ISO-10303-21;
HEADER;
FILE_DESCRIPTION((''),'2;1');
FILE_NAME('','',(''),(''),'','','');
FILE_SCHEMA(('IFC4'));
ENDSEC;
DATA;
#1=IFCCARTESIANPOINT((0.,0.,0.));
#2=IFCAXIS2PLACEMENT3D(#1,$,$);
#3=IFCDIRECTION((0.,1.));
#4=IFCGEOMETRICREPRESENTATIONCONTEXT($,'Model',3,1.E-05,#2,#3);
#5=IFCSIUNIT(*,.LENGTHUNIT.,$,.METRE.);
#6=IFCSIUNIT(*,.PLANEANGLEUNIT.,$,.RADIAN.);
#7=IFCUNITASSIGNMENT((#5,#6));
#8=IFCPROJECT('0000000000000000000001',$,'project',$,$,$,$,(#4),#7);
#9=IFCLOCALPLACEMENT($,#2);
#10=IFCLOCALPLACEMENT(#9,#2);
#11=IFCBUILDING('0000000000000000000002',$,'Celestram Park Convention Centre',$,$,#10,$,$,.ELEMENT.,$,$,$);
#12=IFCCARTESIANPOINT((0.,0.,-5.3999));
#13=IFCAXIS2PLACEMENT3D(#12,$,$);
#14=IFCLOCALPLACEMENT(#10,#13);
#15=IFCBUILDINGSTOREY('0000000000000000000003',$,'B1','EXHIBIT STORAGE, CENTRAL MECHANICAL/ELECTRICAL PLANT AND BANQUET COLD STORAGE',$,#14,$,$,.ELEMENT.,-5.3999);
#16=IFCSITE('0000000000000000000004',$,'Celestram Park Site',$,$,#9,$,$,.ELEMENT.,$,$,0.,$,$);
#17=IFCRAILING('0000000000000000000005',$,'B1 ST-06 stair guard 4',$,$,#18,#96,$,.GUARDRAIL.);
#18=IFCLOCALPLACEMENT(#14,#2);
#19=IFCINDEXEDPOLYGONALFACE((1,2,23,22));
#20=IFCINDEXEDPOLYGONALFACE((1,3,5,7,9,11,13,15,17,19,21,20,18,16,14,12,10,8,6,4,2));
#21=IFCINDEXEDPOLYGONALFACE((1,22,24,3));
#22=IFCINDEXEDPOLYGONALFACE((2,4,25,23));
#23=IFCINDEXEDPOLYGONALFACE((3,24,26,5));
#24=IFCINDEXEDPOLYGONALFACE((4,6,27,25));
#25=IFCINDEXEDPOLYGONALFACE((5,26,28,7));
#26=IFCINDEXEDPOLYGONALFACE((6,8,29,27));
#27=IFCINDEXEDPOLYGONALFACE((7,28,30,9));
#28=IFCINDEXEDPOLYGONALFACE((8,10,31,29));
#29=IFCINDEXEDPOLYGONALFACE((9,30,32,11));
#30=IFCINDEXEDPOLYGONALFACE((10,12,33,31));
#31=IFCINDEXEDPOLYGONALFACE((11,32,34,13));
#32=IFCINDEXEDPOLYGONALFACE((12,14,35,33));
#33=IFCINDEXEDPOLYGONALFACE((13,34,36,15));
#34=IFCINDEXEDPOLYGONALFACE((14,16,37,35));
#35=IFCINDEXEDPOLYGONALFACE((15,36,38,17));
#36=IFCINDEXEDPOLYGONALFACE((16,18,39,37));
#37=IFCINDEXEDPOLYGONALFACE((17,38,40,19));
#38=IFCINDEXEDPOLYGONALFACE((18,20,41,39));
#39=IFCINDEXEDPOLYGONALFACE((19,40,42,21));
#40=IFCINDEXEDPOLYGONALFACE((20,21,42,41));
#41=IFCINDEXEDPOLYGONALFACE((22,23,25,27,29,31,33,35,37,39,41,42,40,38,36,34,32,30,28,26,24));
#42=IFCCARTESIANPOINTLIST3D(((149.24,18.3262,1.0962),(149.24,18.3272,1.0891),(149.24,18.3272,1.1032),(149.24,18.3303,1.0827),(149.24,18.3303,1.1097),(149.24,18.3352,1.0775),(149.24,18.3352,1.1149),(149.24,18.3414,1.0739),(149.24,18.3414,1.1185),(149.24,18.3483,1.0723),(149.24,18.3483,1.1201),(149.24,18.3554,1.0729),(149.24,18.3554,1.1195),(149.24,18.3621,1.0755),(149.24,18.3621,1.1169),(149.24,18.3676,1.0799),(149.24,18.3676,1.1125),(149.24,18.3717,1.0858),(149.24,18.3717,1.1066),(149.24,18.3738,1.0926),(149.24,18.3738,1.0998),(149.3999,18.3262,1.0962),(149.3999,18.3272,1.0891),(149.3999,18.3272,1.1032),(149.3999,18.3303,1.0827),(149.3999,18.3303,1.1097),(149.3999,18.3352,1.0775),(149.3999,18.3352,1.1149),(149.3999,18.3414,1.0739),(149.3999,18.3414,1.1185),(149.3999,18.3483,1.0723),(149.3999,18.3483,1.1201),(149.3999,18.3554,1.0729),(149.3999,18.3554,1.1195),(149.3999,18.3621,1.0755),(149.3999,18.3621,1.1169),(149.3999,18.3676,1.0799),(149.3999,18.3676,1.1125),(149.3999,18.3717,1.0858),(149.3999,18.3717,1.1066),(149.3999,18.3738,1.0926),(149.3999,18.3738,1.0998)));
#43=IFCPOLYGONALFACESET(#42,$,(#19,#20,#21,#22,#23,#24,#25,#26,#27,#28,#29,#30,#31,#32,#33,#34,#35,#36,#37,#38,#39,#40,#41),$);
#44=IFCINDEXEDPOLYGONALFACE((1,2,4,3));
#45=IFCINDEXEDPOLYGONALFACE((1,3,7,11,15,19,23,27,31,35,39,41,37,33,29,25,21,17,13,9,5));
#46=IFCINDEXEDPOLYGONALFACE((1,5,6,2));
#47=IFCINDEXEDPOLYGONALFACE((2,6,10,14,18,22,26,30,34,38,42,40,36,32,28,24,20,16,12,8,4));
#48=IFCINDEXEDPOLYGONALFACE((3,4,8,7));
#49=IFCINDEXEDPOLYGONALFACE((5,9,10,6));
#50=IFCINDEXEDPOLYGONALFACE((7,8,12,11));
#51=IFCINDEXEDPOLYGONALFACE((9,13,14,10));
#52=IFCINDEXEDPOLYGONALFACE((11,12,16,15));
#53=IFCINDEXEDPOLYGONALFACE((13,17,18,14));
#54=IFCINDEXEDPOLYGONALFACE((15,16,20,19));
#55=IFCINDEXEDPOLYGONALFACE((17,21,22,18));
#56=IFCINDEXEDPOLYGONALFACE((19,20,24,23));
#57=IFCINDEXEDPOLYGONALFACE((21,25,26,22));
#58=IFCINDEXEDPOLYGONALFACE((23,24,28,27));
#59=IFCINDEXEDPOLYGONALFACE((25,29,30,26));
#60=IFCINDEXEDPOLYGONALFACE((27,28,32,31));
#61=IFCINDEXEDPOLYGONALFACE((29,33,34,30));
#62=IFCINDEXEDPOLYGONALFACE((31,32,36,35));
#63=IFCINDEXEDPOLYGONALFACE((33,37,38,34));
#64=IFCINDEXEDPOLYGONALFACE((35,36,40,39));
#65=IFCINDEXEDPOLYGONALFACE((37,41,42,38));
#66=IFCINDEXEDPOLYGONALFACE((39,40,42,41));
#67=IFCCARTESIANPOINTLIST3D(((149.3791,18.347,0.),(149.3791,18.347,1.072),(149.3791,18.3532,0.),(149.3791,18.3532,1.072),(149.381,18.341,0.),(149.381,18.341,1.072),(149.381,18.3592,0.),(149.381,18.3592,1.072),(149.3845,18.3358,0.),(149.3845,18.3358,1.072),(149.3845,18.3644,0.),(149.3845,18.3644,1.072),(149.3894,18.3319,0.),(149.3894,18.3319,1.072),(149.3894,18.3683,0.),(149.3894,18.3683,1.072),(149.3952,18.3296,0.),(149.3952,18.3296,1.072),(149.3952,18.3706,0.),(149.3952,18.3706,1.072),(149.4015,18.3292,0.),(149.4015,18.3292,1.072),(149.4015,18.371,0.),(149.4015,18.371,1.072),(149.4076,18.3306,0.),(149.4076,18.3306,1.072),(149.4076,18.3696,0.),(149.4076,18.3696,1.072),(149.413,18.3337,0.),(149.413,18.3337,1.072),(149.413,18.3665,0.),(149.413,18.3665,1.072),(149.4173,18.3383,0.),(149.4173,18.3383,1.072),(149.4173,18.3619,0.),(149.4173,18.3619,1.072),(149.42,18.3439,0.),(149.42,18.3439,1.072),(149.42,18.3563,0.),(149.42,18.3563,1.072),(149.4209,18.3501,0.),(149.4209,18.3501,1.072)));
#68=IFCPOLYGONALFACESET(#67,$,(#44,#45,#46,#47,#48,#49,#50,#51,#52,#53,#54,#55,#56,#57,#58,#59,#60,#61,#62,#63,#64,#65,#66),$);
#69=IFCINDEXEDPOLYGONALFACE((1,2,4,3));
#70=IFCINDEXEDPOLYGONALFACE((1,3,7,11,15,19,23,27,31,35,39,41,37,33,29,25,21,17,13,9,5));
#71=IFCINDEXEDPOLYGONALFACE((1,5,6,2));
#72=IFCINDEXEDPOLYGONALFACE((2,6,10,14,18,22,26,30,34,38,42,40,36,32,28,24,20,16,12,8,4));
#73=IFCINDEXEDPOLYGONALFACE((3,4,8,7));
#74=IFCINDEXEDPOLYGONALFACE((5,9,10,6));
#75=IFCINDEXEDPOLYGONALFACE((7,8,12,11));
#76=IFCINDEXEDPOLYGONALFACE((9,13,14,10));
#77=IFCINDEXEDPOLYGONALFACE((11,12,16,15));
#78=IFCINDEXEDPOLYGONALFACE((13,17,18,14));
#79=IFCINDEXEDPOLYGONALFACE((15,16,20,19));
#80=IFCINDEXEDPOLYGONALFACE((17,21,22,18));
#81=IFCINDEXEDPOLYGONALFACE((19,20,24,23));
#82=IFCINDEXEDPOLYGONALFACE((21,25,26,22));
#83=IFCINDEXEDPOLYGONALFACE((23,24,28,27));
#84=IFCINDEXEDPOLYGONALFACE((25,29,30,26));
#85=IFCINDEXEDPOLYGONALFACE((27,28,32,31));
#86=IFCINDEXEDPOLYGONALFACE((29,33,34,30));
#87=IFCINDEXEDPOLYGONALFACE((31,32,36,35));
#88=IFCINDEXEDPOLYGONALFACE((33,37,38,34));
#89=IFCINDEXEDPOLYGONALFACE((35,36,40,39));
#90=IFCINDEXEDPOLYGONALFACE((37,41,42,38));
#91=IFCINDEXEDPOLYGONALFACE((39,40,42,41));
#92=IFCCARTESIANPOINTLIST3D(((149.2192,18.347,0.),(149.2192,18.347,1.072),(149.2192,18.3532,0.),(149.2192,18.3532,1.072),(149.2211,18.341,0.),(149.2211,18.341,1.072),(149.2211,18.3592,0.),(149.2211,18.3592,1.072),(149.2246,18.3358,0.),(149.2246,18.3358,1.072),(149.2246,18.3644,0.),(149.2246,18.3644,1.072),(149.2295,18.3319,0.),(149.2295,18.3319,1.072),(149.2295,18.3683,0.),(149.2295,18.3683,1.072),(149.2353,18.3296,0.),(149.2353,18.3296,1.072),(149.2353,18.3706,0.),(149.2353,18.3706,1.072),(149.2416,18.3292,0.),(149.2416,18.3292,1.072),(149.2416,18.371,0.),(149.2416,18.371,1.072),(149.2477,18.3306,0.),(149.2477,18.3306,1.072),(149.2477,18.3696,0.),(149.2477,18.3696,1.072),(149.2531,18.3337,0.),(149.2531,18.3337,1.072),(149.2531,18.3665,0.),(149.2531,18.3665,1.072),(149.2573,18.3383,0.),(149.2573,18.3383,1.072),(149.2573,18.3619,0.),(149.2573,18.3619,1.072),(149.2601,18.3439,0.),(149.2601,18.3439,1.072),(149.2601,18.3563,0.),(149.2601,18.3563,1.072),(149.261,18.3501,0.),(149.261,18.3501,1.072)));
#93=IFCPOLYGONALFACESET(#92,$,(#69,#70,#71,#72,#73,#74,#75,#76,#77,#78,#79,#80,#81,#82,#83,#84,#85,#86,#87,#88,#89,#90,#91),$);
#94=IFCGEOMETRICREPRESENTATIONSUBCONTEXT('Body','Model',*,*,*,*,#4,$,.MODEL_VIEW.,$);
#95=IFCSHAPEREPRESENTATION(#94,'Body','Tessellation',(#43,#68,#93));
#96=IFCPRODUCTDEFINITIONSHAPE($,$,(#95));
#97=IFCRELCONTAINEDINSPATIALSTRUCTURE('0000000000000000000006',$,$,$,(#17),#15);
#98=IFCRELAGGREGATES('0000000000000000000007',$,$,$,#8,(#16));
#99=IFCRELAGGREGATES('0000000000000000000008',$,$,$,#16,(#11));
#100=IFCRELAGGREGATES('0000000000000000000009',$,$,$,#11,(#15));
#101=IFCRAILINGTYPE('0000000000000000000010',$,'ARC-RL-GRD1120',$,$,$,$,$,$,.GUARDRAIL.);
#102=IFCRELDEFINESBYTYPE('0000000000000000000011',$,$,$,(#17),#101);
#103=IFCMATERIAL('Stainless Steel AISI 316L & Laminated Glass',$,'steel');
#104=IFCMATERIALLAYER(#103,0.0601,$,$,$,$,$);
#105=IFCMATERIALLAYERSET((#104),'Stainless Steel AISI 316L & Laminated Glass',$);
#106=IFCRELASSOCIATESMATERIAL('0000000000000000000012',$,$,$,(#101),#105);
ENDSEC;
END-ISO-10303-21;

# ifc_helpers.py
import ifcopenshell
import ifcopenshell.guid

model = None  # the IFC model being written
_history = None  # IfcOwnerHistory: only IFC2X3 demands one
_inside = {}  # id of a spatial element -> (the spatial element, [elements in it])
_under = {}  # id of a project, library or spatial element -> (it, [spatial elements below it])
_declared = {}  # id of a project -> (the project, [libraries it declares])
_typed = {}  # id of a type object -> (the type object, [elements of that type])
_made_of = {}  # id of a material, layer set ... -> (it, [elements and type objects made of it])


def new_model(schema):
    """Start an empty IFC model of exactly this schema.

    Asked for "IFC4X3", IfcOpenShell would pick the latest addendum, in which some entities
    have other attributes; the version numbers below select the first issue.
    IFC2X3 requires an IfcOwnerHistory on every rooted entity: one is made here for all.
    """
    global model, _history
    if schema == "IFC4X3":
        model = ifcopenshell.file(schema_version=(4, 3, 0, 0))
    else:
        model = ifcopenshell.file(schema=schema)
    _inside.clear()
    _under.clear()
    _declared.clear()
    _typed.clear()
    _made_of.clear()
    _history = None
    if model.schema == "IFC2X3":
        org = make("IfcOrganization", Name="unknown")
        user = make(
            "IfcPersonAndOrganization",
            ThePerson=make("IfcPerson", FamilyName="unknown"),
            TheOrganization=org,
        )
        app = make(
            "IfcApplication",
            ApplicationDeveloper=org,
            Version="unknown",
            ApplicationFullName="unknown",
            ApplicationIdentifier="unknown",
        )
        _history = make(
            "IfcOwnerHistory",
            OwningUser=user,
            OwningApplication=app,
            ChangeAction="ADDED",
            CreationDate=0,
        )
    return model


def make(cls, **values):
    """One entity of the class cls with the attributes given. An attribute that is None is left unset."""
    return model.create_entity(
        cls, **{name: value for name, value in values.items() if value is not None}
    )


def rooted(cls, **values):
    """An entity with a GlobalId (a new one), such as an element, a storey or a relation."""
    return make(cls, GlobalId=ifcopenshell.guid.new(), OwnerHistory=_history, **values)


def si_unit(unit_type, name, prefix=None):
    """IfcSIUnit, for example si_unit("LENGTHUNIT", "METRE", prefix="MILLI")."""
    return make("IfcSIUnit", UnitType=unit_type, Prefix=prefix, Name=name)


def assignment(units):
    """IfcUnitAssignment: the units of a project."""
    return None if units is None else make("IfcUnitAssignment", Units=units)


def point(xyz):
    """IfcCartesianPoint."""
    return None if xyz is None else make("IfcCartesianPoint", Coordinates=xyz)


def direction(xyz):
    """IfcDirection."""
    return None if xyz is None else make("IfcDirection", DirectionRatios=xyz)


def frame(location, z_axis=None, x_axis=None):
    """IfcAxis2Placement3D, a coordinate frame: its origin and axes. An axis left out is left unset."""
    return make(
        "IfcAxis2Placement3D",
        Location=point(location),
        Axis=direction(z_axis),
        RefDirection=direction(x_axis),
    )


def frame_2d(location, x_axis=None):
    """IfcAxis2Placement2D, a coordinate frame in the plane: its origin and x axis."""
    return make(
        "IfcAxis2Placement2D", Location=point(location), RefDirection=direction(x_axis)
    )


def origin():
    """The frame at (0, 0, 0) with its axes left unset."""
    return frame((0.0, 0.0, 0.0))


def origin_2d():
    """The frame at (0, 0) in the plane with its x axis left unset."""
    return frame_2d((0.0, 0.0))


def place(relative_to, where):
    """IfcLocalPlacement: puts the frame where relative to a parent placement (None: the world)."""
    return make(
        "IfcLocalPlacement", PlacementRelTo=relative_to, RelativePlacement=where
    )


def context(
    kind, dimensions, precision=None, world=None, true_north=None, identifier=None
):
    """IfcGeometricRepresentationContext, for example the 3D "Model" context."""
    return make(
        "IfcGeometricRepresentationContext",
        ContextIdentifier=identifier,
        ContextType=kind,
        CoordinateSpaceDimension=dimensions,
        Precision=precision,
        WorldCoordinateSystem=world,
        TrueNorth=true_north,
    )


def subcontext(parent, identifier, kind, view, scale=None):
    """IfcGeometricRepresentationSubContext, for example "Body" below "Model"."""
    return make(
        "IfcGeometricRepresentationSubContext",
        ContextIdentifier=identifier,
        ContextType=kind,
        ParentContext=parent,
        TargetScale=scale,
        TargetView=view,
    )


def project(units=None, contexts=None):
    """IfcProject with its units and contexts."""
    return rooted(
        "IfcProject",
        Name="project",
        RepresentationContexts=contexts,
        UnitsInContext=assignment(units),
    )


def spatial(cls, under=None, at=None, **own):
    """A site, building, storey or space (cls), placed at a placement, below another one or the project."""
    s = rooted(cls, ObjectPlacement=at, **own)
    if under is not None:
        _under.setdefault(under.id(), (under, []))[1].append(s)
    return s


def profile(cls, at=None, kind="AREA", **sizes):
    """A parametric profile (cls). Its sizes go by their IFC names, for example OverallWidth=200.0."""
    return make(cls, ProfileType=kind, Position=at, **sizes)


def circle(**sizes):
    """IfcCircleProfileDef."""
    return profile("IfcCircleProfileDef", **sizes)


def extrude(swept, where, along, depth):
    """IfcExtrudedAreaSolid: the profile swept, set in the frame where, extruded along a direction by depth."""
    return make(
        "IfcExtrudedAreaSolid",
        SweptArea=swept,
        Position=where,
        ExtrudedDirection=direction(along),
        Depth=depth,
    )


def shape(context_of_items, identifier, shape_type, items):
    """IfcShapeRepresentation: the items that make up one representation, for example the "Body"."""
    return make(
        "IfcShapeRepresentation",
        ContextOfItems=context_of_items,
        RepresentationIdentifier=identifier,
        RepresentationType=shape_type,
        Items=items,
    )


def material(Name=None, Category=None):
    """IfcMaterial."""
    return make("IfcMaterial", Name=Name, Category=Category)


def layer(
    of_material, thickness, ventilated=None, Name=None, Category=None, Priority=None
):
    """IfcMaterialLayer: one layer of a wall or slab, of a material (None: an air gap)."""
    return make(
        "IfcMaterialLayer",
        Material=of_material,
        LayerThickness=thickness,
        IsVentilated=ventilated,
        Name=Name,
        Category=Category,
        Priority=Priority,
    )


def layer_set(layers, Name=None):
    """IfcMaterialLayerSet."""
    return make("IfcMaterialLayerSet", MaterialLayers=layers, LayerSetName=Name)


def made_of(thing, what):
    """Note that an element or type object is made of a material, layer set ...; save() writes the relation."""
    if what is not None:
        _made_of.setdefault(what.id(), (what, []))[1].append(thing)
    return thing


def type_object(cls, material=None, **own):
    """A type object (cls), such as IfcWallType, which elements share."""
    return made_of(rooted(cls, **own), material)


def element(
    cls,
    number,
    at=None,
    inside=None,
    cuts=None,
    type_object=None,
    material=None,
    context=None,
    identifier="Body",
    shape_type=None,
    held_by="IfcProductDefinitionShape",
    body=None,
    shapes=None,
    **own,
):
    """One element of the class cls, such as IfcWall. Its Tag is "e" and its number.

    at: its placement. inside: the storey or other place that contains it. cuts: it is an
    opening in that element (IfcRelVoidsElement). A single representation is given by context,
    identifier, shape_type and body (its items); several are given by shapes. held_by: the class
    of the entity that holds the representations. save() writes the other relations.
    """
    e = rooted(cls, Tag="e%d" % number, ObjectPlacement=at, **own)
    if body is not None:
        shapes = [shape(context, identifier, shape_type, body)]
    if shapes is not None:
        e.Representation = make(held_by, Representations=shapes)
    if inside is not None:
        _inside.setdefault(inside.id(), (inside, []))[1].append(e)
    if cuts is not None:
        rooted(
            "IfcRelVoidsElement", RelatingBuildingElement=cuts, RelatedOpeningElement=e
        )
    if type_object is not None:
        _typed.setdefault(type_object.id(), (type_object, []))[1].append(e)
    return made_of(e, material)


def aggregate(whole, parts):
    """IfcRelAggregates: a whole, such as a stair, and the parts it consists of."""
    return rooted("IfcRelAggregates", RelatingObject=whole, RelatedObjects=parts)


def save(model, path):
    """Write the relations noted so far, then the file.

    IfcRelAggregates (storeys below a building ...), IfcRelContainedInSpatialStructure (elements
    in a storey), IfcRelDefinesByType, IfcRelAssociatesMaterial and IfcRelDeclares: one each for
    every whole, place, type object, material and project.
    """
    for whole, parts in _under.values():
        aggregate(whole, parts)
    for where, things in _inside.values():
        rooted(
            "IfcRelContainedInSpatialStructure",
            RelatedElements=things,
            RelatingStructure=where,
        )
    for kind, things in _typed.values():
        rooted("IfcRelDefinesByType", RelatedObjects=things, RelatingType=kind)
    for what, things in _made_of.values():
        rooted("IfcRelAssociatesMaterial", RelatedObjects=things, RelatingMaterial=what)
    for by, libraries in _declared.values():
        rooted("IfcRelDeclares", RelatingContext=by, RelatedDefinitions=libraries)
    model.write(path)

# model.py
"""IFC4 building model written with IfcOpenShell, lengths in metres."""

from ifc_helpers import new_model, si_unit, direction, frame, origin, origin_2d, place, context, subcontext, project, spatial, circle, extrude, material, layer, layer_set, type_object, element, save


model = new_model("IFC4")

# Units and contexts
model_context = context("Model", 3, precision=1e-05, world=origin(), true_north=direction((0.0, 1.0)))
body_context = subcontext(model_context, "Body", "Model", "MODEL_VIEW")
ifc_project = project(units=[si_unit("LENGTHUNIT", "METRE"), si_unit("PLANEANGLEUNIT", "RADIAN")], contexts=[model_context])

# Site, building, storey
site_placement = place(None, origin())
site = spatial("IfcSite", under=ifc_project, at=site_placement, Name="Celestram Park Site", CompositionType="ELEMENT", RefElevation=0.0)
building_placement = place(site_placement, origin())
building = spatial("IfcBuilding", under=site, at=building_placement, Name="Celestram Park Convention Centre", CompositionType="ELEMENT")
storey_placement = place(building_placement, frame((0.0, 0.0, -5.3999)))
storey = spatial("IfcBuildingStorey", under=building, at=storey_placement, Name="B1", Description="EXHIBIT STORAGE, CENTRAL MECHANICAL/ELECTRICAL PLANT AND BANQUET COLD STORAGE", CompositionType="ELEMENT", Elevation=-5.3999)

# Railing
ifc_material_1 = material(Name="Stainless Steel AISI 316L & Laminated Glass", Category="steel")
ifc_layer_1 = layer(ifc_material_1, 0.0601)
ifc_layer_set_1 = layer_set([ifc_layer_1], Name="Stainless Steel AISI 316L & Laminated Glass")
railing_type_1 = type_object("IfcRailingType", Name="ARC-RL-GRD1120", PredefinedType="GUARDRAIL", material=ifc_layer_set_1)
railing_1_placement = place(storey_placement, frame((149.3999, 18.3501, 0.0)))
element("IfcRailing", 1, at=railing_1_placement, inside=storey, type_object=railing_type_1, Name="B1 ST-06 stair guard 4", PredefinedType="GUARDRAIL", context=body_context, shape_type="SweptSolid", body=[
    extrude(circle(Radius=0.0239, at=origin_2d()), frame((0.0, 0.0, 1.0962), z_axis=(-1.0, 0.0, 0.0), x_axis=(0.0, -1.0, 0.0)), (0.0, 0.0, 1.0), 0.1599),
    extrude(circle(Radius=0.021, at=origin_2d()), origin(), (0.0, 0.0, 1.0), 1.072),
    extrude(circle(Radius=0.021, at=origin_2d()), frame((-0.1599, 0.0, 0.0)), (0.0, 0.0, 1.0), 1.072),
])

save(model, "model.ifc")
